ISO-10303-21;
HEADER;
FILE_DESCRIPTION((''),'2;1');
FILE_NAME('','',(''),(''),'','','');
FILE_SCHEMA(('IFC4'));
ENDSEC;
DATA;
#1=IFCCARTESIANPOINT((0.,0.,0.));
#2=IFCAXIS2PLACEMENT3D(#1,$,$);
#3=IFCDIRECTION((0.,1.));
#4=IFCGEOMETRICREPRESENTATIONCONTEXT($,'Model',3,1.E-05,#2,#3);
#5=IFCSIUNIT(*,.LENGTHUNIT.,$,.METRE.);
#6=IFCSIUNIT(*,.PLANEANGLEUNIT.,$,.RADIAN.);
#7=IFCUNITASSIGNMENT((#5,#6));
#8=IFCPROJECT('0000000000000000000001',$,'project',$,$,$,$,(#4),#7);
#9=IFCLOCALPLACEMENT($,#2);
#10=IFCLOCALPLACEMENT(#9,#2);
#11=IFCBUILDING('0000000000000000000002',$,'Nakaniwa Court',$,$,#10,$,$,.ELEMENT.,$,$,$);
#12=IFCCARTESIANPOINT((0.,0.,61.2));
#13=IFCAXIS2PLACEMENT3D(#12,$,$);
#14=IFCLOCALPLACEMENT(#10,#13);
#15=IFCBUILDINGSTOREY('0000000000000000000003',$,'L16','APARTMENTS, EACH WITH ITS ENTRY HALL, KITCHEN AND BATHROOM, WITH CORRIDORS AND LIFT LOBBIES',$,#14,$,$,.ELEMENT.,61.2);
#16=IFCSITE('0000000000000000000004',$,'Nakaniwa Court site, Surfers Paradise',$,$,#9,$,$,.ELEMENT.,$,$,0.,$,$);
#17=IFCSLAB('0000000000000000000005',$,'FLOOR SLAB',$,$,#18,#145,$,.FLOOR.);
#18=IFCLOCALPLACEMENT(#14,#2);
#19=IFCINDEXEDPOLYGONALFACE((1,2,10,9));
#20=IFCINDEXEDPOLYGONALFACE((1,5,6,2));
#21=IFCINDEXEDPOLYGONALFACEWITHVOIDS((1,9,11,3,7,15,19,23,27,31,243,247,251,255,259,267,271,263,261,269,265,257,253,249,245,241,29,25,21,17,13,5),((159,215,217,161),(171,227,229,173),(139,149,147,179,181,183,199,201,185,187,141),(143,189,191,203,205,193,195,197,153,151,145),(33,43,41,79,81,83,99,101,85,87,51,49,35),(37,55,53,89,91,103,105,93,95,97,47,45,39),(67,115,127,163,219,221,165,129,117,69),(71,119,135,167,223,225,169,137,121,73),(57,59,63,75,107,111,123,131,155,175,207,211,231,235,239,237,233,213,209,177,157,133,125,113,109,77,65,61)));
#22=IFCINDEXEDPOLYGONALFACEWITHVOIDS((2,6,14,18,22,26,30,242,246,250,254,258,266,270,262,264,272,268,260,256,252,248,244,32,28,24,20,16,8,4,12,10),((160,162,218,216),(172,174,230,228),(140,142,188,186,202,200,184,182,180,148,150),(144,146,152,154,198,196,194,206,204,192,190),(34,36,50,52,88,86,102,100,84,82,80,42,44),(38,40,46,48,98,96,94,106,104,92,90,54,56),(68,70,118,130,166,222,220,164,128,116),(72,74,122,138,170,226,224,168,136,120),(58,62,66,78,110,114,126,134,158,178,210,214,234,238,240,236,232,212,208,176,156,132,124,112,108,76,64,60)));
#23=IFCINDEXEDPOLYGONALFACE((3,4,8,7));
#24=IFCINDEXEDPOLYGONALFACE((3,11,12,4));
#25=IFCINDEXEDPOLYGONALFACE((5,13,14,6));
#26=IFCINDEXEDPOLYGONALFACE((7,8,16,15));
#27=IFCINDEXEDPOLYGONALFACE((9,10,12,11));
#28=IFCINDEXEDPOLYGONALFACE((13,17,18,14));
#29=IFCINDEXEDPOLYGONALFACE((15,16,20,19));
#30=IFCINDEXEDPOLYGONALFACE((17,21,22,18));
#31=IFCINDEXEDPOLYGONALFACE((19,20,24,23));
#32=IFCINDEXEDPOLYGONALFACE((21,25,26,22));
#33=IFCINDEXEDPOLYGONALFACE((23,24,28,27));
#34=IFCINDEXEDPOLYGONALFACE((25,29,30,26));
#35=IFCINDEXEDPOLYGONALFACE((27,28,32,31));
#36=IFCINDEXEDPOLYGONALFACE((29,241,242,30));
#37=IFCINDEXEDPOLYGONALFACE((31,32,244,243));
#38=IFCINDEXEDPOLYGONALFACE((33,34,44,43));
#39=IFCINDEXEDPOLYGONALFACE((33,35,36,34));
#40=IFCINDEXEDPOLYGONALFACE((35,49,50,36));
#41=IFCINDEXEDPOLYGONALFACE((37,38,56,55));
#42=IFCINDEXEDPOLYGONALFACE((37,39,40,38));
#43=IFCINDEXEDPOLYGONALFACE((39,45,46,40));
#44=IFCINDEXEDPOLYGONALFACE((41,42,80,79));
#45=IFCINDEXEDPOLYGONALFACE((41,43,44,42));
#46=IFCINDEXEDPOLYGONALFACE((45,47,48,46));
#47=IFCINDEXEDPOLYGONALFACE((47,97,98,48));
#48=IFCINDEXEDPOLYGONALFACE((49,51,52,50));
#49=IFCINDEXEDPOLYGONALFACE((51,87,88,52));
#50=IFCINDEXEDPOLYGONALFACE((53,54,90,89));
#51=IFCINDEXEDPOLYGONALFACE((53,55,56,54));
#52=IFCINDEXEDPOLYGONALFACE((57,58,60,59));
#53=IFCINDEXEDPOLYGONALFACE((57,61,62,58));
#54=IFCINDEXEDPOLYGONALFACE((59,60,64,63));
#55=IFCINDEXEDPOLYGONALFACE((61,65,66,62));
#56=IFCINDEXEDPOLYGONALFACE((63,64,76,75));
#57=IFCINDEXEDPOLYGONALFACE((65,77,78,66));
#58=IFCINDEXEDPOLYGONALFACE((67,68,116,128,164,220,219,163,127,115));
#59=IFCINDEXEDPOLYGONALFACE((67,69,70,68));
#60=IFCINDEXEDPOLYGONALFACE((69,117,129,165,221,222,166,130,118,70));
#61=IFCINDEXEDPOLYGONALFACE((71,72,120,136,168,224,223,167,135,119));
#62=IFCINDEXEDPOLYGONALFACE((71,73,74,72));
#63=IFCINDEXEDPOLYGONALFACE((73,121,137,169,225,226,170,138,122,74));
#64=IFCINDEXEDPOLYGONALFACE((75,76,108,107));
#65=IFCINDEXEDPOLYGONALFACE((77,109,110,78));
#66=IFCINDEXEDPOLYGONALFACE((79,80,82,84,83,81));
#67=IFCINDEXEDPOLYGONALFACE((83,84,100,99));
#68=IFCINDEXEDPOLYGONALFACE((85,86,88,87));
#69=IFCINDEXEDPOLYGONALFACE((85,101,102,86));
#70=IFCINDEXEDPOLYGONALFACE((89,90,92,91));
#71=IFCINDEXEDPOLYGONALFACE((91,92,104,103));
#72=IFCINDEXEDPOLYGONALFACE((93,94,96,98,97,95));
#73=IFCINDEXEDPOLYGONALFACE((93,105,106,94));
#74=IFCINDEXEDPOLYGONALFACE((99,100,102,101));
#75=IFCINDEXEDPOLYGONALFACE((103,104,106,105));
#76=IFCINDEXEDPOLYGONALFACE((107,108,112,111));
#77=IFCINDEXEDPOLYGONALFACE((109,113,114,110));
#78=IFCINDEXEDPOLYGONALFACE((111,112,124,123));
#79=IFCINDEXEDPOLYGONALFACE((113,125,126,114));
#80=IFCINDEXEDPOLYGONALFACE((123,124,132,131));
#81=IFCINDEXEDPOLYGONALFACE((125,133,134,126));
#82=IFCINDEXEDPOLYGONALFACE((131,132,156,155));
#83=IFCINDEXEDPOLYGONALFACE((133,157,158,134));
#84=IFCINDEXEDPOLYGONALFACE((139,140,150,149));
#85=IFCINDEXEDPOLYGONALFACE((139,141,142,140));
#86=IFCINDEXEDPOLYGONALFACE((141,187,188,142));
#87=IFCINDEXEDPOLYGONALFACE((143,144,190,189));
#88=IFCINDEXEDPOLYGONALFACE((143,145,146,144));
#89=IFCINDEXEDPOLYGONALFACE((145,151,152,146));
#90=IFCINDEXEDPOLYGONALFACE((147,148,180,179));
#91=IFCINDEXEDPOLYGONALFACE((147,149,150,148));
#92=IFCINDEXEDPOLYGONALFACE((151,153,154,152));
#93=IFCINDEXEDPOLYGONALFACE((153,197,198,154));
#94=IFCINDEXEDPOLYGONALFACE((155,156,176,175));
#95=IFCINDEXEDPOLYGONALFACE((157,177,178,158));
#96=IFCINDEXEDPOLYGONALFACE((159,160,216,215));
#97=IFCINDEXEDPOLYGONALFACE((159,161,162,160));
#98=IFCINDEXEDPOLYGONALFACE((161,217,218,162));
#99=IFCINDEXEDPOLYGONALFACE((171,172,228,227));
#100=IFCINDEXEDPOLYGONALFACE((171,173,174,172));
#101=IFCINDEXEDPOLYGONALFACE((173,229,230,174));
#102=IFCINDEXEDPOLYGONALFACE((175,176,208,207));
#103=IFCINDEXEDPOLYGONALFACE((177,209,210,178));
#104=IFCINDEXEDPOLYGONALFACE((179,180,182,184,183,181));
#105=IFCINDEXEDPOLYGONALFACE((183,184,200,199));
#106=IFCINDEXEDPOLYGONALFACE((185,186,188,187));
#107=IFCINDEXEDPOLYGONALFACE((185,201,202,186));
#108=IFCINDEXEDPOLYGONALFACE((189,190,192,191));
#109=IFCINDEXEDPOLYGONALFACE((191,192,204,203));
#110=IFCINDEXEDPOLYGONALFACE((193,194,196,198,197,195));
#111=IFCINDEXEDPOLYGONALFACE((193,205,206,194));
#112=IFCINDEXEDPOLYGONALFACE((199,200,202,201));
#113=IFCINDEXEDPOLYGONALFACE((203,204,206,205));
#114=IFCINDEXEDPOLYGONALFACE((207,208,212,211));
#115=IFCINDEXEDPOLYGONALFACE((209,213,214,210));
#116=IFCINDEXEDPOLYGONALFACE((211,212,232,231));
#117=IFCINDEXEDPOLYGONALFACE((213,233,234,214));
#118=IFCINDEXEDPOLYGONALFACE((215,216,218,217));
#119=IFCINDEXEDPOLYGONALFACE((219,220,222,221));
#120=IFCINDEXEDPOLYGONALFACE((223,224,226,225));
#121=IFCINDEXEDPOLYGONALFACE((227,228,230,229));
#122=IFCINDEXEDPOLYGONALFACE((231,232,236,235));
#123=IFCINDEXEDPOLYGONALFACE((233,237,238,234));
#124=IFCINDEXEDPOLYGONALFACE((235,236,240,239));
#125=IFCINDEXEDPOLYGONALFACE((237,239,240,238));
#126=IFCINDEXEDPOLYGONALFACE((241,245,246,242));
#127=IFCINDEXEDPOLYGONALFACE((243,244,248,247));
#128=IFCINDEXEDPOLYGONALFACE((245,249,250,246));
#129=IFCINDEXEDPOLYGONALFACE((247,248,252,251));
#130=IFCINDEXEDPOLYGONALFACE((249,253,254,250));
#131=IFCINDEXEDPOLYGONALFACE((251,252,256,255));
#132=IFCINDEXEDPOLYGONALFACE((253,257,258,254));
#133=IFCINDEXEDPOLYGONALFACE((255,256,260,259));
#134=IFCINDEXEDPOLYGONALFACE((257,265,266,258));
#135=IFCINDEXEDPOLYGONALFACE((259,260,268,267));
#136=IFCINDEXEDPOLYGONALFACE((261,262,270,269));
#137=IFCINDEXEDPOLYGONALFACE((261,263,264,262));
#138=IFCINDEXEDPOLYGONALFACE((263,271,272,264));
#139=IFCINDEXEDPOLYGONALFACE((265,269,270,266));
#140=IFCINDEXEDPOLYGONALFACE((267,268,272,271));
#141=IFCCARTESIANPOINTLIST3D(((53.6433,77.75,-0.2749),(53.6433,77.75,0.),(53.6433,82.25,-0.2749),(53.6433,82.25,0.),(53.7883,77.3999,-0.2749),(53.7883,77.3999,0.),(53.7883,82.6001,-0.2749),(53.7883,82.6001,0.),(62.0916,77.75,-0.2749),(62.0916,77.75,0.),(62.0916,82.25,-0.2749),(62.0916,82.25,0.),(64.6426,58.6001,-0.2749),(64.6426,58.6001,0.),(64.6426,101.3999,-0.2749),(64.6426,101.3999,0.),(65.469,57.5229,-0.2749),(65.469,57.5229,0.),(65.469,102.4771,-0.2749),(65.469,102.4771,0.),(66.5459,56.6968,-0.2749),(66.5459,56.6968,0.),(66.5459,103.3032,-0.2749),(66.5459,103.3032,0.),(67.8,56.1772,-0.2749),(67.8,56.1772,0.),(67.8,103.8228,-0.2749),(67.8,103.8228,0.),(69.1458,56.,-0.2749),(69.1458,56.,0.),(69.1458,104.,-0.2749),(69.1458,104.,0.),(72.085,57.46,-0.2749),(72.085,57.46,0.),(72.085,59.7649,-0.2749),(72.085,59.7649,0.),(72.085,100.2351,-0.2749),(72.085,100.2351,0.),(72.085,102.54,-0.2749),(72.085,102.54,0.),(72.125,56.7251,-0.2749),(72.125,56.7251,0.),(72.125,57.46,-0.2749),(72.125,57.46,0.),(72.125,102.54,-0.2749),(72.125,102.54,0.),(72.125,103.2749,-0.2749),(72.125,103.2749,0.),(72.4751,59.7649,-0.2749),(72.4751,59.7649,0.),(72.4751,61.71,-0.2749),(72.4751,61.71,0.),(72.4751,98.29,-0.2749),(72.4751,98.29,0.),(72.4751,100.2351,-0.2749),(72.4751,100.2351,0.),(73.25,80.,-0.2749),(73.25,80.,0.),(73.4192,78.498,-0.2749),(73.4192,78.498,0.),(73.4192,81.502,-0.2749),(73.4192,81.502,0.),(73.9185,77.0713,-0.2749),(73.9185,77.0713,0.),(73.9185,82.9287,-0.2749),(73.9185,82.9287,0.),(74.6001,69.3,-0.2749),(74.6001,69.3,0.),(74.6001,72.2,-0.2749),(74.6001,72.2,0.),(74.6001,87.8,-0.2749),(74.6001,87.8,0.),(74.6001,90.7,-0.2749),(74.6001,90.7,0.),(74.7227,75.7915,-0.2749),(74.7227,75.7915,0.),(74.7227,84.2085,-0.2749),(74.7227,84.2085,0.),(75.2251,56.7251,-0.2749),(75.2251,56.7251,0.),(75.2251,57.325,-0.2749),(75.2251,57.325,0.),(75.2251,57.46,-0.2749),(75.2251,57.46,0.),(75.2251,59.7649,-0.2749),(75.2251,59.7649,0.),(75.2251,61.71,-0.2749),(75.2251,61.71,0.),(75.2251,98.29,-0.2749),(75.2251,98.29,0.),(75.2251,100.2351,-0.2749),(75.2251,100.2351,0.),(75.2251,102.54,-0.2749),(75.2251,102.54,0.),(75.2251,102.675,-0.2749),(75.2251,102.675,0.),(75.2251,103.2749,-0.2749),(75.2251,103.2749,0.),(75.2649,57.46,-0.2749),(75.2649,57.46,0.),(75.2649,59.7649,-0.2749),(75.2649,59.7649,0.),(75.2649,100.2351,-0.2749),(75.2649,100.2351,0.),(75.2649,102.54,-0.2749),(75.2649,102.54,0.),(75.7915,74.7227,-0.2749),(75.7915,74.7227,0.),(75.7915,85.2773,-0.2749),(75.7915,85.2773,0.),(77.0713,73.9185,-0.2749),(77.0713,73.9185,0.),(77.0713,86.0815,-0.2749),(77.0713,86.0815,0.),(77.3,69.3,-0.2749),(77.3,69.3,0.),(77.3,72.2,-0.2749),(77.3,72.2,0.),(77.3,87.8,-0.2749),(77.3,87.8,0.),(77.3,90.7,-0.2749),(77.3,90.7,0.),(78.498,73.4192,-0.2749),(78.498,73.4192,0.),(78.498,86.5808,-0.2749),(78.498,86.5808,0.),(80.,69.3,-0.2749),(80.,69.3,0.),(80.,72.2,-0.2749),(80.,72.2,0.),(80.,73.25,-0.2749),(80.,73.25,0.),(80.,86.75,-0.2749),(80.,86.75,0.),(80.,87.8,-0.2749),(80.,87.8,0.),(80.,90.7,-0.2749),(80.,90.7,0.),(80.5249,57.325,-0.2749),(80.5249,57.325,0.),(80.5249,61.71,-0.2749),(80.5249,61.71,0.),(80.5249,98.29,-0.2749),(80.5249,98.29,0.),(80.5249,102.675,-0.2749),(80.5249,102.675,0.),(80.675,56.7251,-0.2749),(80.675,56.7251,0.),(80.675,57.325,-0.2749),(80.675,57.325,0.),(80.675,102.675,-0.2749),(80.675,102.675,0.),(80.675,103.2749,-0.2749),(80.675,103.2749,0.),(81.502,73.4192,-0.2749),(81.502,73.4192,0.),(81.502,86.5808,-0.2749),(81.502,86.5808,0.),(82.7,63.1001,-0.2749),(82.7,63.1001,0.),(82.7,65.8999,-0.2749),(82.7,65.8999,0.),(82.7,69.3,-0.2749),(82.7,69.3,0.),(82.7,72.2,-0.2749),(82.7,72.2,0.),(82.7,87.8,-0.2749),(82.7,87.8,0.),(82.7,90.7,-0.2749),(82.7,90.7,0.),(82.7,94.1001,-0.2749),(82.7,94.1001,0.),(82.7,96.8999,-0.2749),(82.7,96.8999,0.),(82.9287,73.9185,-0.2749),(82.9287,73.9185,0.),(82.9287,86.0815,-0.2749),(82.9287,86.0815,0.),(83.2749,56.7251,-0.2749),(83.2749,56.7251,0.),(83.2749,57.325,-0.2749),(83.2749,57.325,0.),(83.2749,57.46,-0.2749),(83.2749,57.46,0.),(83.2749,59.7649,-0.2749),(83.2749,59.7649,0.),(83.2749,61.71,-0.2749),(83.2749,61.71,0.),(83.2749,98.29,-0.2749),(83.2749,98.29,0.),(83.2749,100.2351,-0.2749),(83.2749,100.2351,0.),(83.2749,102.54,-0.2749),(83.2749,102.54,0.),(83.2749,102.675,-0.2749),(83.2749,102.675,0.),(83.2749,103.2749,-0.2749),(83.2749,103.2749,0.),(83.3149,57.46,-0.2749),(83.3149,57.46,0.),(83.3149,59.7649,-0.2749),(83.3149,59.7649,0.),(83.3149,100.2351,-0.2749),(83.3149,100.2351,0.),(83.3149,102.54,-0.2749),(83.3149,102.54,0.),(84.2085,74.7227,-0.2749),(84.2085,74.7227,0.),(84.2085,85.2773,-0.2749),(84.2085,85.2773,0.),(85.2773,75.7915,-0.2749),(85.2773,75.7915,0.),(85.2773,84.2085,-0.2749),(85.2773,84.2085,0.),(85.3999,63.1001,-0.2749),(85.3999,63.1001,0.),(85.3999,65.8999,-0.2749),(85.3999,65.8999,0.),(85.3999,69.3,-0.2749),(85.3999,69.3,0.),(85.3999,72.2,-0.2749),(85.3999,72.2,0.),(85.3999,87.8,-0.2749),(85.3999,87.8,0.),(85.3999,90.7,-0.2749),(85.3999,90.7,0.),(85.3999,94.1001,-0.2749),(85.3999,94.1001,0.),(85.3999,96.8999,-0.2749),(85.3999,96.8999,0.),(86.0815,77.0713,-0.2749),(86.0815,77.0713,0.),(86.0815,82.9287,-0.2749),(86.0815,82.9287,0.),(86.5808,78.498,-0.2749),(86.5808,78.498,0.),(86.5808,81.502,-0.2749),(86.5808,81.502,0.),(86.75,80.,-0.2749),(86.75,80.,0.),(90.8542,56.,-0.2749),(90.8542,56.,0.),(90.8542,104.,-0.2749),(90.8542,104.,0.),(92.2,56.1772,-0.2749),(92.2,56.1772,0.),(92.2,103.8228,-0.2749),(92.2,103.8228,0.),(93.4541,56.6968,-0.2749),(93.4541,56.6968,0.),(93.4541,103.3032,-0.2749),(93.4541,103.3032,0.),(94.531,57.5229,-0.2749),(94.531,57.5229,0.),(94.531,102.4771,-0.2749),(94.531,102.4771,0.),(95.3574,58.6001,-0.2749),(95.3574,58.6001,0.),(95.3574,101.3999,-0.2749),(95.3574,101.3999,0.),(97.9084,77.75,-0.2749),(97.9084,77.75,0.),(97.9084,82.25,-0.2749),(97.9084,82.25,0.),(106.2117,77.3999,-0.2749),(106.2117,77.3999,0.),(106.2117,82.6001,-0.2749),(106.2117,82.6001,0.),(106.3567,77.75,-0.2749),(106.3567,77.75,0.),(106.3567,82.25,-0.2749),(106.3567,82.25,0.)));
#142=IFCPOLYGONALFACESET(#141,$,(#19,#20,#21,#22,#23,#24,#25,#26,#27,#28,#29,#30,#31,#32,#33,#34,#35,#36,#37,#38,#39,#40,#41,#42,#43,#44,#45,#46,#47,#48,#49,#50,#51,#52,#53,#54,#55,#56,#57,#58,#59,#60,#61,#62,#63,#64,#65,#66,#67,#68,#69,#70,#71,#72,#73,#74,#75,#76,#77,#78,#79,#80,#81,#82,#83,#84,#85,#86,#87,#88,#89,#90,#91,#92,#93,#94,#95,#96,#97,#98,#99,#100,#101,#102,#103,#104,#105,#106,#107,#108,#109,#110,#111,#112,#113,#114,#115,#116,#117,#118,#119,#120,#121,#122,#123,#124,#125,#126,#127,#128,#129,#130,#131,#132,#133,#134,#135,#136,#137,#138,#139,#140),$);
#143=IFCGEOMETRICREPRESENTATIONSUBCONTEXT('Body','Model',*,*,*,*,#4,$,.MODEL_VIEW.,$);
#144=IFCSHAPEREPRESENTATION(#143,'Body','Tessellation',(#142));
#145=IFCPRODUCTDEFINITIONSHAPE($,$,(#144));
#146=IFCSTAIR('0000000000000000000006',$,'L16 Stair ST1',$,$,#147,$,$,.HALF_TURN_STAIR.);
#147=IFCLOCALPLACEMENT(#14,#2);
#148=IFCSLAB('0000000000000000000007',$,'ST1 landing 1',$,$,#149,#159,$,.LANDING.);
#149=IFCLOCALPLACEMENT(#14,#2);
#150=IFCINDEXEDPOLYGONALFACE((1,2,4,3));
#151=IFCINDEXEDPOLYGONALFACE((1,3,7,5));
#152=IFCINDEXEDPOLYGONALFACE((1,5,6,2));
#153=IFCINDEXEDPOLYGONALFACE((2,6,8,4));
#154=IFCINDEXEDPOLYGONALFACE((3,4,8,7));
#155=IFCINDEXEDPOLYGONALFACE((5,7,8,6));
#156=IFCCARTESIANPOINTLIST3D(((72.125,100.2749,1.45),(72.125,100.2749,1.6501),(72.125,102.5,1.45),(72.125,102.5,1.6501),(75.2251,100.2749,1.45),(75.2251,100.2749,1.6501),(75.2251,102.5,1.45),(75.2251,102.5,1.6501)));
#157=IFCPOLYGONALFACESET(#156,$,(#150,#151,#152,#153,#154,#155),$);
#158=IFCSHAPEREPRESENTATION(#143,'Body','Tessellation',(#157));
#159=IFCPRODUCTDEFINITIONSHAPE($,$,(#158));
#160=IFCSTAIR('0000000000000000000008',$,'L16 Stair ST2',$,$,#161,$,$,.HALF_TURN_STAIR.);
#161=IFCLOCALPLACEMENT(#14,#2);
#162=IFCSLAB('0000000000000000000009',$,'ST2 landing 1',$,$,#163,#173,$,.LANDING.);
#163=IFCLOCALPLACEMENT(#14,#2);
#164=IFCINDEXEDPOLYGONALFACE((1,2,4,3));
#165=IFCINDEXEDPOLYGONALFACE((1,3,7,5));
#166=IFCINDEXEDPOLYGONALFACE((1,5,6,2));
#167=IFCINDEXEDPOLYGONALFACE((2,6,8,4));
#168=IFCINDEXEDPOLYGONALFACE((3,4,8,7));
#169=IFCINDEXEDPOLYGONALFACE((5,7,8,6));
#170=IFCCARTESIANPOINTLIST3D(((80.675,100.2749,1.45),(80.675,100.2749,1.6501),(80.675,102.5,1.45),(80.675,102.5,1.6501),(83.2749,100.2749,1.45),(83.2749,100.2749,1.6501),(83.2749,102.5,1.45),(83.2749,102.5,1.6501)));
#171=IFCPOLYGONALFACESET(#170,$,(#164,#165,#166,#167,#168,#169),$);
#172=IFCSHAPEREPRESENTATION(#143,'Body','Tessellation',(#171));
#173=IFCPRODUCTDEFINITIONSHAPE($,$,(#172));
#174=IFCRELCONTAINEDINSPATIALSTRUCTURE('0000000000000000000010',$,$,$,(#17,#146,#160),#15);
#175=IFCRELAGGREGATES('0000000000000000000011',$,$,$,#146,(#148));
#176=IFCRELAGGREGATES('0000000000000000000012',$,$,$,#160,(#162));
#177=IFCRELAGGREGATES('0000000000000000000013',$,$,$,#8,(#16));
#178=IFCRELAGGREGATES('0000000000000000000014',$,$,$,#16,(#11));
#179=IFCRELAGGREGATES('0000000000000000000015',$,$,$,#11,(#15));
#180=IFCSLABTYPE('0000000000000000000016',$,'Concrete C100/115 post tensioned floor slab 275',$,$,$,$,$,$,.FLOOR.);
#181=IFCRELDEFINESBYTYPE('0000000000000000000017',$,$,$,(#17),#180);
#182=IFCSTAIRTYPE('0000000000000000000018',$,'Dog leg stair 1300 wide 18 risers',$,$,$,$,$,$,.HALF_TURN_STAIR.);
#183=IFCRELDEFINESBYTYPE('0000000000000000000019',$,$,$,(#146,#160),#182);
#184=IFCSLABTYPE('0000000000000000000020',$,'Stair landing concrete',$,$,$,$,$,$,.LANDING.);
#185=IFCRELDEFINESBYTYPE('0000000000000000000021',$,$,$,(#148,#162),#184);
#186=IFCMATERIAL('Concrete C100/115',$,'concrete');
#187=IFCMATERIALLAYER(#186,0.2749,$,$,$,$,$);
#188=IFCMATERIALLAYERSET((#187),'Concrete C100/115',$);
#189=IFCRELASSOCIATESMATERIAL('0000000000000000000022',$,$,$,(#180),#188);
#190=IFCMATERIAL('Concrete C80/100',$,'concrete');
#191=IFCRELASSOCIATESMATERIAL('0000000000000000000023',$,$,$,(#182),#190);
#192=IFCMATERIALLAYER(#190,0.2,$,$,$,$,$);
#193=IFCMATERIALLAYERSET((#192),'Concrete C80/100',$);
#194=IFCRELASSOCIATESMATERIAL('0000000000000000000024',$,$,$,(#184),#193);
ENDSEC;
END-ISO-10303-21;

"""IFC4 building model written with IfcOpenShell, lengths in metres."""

from ifc_helpers import new_model, si_unit, direction, frame, origin, place, context, subcontext, project, spatial, polyline, outline, extrude, material, layer, layer_set, type_object, element, aggregate, save


model = new_model("IFC4")

# Units and contexts
model_context = context("Model", 3, precision=1e-05, world=origin(), true_north=direction((0.0, 1.0)))
body_context = subcontext(model_context, "Body", "Model", "MODEL_VIEW")
ifc_project = project(units=[si_unit("LENGTHUNIT", "METRE"), si_unit("PLANEANGLEUNIT", "RADIAN")], contexts=[model_context])

# Site, building, storey
site_placement = place(None, origin())
site = spatial("IfcSite", under=ifc_project, at=site_placement, Name="Nakaniwa Court site, Surfers Paradise", CompositionType="ELEMENT", RefElevation=0.0)
building_placement = place(site_placement, origin())
building = spatial("IfcBuilding", under=site, at=building_placement, Name="Nakaniwa Court", CompositionType="ELEMENT")
storey_placement = place(building_placement, frame((0.0, 0.0, 61.2)))
storey = spatial("IfcBuildingStorey", under=building, at=storey_placement, Name="L16", Description="APARTMENTS, EACH WITH ITS ENTRY HALL, KITCHEN AND BATHROOM, WITH CORRIDORS AND LIFT LOBBIES", CompositionType="ELEMENT", Elevation=61.2)

# Shared definitions
ifc_material_1 = material(Name="Concrete C100/115", Category="concrete")

# Slab
ifc_layer_1 = layer(ifc_material_1, 0.2749)
ifc_layer_set_1 = layer_set([ifc_layer_1], Name="Concrete C100/115")
slab_type_1 = type_object("IfcSlabType", Name="Concrete C100/115 post tensioned floor slab 275", PredefinedType="FLOOR", material=ifc_layer_set_1)
slab_1_placement = place(storey_placement, frame((0.0, 0.0, -0.2749)))
element("IfcSlab", 1, at=slab_1_placement, inside=storey, type_object=slab_type_1, Name="FLOOR SLAB", PredefinedType="FLOOR", context=body_context, shape_type="SweptSolid", body=[
    extrude(outline(polyline([(97.9084, 82.25), (106.3567, 82.25), (106.2117, 82.6001), (95.3574, 101.3999), (94.531, 102.4771), (93.4541, 103.3032), (92.2, 103.8228), (90.8542, 104.0), (69.1458, 104.0), (67.8, 103.8228), (66.5459, 103.3032), (65.469, 102.4771), (64.6426, 101.3999), (53.7883, 82.6001), (53.6433, 82.25), (62.0916, 82.25), (62.0916, 77.75), (53.6433, 77.75), (53.7883, 77.3999), (64.6426, 58.6001), (65.469, 57.5229), (66.5459, 56.6968), (67.8, 56.1772), (69.1458, 56.0), (90.8542, 56.0), (92.2, 56.1772), (93.4541, 56.6968), (94.531, 57.5229), (95.3574, 58.6001), (106.2117, 77.3999), (106.3567, 77.75), (97.9084, 77.75), (97.9084, 82.25)]), holes=[polyline([(81.502, 86.5808), (80.0, 86.75), (78.498, 86.5808), (77.0713, 86.0815), (75.7915, 85.2773), (74.7227, 84.2085), (73.9185, 82.9287), (73.4192, 81.502), (73.25, 80.0), (73.4192, 78.498), (73.9185, 77.0713), (74.7227, 75.7915), (75.7915, 74.7227), (77.0713, 73.9185), (78.498, 73.4192), (80.0, 73.25), (81.502, 73.4192), (82.9287, 73.9185), (84.2085, 74.7227), (85.2773, 75.7915), (86.0815, 77.0713), (86.5808, 78.498), (86.75, 80.0), (86.5808, 81.502), (86.0815, 82.9287), (85.2773, 84.2085), (84.2085, 85.2773), (82.9287, 86.0815), (81.502, 86.5808)]), polyline([(75.2649, 57.46), (75.2649, 59.7649), (75.2251, 59.7649), (75.2251, 61.71), (72.4751, 61.71), (72.4751, 59.7649), (72.085, 59.7649), (72.085, 57.46), (72.125, 57.46), (72.125, 56.7251), (75.2251, 56.7251), (75.2251, 57.325), (75.2251, 57.46), (75.2649, 57.46)]), polyline([(80.0, 69.3), (82.7, 69.3), (85.3999, 69.3), (85.3999, 72.2), (82.7, 72.2), (80.0, 72.2), (77.3, 72.2), (74.6001, 72.2), (74.6001, 69.3), (77.3, 69.3), (80.0, 69.3)]), polyline([(80.0, 87.8), (82.7, 87.8), (85.3999, 87.8), (85.3999, 90.7), (82.7, 90.7), (80.0, 90.7), (77.3, 90.7), (74.6001, 90.7), (74.6001, 87.8), (77.3, 87.8), (80.0, 87.8)]), polyline([(75.2649, 100.2351), (75.2649, 102.54), (75.2251, 102.54), (75.2251, 102.675), (75.2251, 103.2749), (72.125, 103.2749), (72.125, 102.54), (72.085, 102.54), (72.085, 100.2351), (72.4751, 100.2351), (72.4751, 98.29), (75.2251, 98.29), (75.2251, 100.2351), (75.2649, 100.2351)]), polyline([(83.2749, 61.71), (80.5249, 61.71), (80.5249, 57.325), (80.675, 57.325), (80.675, 56.7251), (83.2749, 56.7251), (83.2749, 57.325), (83.2749, 57.46), (83.3149, 57.46), (83.3149, 59.7649), (83.2749, 59.7649), (83.2749, 61.71)]), polyline([(85.3999, 65.8999), (82.7, 65.8999), (82.7, 63.1001), (85.3999, 63.1001), (85.3999, 65.8999)]), polyline([(85.3999, 96.8999), (82.7, 96.8999), (82.7, 94.1001), (85.3999, 94.1001), (85.3999, 96.8999)]), polyline([(83.2749, 100.2351), (83.3149, 100.2351), (83.3149, 102.54), (83.2749, 102.54), (83.2749, 102.675), (83.2749, 103.2749), (80.675, 103.2749), (80.675, 102.675), (80.5249, 102.675), (80.5249, 98.29), (83.2749, 98.29), (83.2749, 100.2351)])]), origin(), (0.0, 0.0, 1.0), 0.2749),
])

# Stairs, slabs
ifc_material_2 = material(Name="Concrete C80/100", Category="concrete")
stair_type = type_object("IfcStairType", Name="Dog leg stair 1300 wide 18 risers", PredefinedType="HALF_TURN_STAIR", material=ifc_material_2)
stair_1_placement = place(storey_placement, origin())
stair_1 = element("IfcStair", 2, at=stair_1_placement, inside=storey, type_object=stair_type, Name="L16 Stair ST1", PredefinedType="HALF_TURN_STAIR")
ifc_layer_2 = layer(ifc_material_2, 0.2)
ifc_layer_set_2 = layer_set([ifc_layer_2], Name="Concrete C80/100")
slab_type_2 = type_object("IfcSlabType", Name="Stair landing concrete", PredefinedType="LANDING", material=ifc_layer_set_2)
slab_2_placement = place(storey_placement, frame((0.0, 0.0, 1.45)))
slab_2 = element("IfcSlab", 3, at=slab_2_placement, type_object=slab_type_2, Name="ST1 landing 1", PredefinedType="LANDING", context=body_context, shape_type="SweptSolid", body=[
    extrude(outline(polyline([(75.2251, 100.2749), (75.2251, 102.5), (72.125, 102.5), (72.125, 100.2749), (75.2251, 100.2749)])), origin(), (0.0, 0.0, 1.0), 0.2002),
])
aggregate(stair_1, [slab_2])
stair_2_placement = place(storey_placement, origin())
stair_2 = element("IfcStair", 4, at=stair_2_placement, inside=storey, type_object=stair_type, Name="L16 Stair ST2", PredefinedType="HALF_TURN_STAIR")
slab_3_placement = place(storey_placement, frame((0.0, 0.0, 1.45)))
slab_3 = element("IfcSlab", 5, at=slab_3_placement, type_object=slab_type_2, Name="ST2 landing 1", PredefinedType="LANDING", context=body_context, shape_type="SweptSolid", body=[
    extrude(outline(polyline([(83.2749, 100.2749), (83.2749, 102.5), (80.675, 102.5), (80.675, 100.2749), (83.2749, 100.2749)])), origin(), (0.0, 0.0, 1.0), 0.2002),
])
aggregate(stair_2, [slab_3])

save(model, "model.ifc")
